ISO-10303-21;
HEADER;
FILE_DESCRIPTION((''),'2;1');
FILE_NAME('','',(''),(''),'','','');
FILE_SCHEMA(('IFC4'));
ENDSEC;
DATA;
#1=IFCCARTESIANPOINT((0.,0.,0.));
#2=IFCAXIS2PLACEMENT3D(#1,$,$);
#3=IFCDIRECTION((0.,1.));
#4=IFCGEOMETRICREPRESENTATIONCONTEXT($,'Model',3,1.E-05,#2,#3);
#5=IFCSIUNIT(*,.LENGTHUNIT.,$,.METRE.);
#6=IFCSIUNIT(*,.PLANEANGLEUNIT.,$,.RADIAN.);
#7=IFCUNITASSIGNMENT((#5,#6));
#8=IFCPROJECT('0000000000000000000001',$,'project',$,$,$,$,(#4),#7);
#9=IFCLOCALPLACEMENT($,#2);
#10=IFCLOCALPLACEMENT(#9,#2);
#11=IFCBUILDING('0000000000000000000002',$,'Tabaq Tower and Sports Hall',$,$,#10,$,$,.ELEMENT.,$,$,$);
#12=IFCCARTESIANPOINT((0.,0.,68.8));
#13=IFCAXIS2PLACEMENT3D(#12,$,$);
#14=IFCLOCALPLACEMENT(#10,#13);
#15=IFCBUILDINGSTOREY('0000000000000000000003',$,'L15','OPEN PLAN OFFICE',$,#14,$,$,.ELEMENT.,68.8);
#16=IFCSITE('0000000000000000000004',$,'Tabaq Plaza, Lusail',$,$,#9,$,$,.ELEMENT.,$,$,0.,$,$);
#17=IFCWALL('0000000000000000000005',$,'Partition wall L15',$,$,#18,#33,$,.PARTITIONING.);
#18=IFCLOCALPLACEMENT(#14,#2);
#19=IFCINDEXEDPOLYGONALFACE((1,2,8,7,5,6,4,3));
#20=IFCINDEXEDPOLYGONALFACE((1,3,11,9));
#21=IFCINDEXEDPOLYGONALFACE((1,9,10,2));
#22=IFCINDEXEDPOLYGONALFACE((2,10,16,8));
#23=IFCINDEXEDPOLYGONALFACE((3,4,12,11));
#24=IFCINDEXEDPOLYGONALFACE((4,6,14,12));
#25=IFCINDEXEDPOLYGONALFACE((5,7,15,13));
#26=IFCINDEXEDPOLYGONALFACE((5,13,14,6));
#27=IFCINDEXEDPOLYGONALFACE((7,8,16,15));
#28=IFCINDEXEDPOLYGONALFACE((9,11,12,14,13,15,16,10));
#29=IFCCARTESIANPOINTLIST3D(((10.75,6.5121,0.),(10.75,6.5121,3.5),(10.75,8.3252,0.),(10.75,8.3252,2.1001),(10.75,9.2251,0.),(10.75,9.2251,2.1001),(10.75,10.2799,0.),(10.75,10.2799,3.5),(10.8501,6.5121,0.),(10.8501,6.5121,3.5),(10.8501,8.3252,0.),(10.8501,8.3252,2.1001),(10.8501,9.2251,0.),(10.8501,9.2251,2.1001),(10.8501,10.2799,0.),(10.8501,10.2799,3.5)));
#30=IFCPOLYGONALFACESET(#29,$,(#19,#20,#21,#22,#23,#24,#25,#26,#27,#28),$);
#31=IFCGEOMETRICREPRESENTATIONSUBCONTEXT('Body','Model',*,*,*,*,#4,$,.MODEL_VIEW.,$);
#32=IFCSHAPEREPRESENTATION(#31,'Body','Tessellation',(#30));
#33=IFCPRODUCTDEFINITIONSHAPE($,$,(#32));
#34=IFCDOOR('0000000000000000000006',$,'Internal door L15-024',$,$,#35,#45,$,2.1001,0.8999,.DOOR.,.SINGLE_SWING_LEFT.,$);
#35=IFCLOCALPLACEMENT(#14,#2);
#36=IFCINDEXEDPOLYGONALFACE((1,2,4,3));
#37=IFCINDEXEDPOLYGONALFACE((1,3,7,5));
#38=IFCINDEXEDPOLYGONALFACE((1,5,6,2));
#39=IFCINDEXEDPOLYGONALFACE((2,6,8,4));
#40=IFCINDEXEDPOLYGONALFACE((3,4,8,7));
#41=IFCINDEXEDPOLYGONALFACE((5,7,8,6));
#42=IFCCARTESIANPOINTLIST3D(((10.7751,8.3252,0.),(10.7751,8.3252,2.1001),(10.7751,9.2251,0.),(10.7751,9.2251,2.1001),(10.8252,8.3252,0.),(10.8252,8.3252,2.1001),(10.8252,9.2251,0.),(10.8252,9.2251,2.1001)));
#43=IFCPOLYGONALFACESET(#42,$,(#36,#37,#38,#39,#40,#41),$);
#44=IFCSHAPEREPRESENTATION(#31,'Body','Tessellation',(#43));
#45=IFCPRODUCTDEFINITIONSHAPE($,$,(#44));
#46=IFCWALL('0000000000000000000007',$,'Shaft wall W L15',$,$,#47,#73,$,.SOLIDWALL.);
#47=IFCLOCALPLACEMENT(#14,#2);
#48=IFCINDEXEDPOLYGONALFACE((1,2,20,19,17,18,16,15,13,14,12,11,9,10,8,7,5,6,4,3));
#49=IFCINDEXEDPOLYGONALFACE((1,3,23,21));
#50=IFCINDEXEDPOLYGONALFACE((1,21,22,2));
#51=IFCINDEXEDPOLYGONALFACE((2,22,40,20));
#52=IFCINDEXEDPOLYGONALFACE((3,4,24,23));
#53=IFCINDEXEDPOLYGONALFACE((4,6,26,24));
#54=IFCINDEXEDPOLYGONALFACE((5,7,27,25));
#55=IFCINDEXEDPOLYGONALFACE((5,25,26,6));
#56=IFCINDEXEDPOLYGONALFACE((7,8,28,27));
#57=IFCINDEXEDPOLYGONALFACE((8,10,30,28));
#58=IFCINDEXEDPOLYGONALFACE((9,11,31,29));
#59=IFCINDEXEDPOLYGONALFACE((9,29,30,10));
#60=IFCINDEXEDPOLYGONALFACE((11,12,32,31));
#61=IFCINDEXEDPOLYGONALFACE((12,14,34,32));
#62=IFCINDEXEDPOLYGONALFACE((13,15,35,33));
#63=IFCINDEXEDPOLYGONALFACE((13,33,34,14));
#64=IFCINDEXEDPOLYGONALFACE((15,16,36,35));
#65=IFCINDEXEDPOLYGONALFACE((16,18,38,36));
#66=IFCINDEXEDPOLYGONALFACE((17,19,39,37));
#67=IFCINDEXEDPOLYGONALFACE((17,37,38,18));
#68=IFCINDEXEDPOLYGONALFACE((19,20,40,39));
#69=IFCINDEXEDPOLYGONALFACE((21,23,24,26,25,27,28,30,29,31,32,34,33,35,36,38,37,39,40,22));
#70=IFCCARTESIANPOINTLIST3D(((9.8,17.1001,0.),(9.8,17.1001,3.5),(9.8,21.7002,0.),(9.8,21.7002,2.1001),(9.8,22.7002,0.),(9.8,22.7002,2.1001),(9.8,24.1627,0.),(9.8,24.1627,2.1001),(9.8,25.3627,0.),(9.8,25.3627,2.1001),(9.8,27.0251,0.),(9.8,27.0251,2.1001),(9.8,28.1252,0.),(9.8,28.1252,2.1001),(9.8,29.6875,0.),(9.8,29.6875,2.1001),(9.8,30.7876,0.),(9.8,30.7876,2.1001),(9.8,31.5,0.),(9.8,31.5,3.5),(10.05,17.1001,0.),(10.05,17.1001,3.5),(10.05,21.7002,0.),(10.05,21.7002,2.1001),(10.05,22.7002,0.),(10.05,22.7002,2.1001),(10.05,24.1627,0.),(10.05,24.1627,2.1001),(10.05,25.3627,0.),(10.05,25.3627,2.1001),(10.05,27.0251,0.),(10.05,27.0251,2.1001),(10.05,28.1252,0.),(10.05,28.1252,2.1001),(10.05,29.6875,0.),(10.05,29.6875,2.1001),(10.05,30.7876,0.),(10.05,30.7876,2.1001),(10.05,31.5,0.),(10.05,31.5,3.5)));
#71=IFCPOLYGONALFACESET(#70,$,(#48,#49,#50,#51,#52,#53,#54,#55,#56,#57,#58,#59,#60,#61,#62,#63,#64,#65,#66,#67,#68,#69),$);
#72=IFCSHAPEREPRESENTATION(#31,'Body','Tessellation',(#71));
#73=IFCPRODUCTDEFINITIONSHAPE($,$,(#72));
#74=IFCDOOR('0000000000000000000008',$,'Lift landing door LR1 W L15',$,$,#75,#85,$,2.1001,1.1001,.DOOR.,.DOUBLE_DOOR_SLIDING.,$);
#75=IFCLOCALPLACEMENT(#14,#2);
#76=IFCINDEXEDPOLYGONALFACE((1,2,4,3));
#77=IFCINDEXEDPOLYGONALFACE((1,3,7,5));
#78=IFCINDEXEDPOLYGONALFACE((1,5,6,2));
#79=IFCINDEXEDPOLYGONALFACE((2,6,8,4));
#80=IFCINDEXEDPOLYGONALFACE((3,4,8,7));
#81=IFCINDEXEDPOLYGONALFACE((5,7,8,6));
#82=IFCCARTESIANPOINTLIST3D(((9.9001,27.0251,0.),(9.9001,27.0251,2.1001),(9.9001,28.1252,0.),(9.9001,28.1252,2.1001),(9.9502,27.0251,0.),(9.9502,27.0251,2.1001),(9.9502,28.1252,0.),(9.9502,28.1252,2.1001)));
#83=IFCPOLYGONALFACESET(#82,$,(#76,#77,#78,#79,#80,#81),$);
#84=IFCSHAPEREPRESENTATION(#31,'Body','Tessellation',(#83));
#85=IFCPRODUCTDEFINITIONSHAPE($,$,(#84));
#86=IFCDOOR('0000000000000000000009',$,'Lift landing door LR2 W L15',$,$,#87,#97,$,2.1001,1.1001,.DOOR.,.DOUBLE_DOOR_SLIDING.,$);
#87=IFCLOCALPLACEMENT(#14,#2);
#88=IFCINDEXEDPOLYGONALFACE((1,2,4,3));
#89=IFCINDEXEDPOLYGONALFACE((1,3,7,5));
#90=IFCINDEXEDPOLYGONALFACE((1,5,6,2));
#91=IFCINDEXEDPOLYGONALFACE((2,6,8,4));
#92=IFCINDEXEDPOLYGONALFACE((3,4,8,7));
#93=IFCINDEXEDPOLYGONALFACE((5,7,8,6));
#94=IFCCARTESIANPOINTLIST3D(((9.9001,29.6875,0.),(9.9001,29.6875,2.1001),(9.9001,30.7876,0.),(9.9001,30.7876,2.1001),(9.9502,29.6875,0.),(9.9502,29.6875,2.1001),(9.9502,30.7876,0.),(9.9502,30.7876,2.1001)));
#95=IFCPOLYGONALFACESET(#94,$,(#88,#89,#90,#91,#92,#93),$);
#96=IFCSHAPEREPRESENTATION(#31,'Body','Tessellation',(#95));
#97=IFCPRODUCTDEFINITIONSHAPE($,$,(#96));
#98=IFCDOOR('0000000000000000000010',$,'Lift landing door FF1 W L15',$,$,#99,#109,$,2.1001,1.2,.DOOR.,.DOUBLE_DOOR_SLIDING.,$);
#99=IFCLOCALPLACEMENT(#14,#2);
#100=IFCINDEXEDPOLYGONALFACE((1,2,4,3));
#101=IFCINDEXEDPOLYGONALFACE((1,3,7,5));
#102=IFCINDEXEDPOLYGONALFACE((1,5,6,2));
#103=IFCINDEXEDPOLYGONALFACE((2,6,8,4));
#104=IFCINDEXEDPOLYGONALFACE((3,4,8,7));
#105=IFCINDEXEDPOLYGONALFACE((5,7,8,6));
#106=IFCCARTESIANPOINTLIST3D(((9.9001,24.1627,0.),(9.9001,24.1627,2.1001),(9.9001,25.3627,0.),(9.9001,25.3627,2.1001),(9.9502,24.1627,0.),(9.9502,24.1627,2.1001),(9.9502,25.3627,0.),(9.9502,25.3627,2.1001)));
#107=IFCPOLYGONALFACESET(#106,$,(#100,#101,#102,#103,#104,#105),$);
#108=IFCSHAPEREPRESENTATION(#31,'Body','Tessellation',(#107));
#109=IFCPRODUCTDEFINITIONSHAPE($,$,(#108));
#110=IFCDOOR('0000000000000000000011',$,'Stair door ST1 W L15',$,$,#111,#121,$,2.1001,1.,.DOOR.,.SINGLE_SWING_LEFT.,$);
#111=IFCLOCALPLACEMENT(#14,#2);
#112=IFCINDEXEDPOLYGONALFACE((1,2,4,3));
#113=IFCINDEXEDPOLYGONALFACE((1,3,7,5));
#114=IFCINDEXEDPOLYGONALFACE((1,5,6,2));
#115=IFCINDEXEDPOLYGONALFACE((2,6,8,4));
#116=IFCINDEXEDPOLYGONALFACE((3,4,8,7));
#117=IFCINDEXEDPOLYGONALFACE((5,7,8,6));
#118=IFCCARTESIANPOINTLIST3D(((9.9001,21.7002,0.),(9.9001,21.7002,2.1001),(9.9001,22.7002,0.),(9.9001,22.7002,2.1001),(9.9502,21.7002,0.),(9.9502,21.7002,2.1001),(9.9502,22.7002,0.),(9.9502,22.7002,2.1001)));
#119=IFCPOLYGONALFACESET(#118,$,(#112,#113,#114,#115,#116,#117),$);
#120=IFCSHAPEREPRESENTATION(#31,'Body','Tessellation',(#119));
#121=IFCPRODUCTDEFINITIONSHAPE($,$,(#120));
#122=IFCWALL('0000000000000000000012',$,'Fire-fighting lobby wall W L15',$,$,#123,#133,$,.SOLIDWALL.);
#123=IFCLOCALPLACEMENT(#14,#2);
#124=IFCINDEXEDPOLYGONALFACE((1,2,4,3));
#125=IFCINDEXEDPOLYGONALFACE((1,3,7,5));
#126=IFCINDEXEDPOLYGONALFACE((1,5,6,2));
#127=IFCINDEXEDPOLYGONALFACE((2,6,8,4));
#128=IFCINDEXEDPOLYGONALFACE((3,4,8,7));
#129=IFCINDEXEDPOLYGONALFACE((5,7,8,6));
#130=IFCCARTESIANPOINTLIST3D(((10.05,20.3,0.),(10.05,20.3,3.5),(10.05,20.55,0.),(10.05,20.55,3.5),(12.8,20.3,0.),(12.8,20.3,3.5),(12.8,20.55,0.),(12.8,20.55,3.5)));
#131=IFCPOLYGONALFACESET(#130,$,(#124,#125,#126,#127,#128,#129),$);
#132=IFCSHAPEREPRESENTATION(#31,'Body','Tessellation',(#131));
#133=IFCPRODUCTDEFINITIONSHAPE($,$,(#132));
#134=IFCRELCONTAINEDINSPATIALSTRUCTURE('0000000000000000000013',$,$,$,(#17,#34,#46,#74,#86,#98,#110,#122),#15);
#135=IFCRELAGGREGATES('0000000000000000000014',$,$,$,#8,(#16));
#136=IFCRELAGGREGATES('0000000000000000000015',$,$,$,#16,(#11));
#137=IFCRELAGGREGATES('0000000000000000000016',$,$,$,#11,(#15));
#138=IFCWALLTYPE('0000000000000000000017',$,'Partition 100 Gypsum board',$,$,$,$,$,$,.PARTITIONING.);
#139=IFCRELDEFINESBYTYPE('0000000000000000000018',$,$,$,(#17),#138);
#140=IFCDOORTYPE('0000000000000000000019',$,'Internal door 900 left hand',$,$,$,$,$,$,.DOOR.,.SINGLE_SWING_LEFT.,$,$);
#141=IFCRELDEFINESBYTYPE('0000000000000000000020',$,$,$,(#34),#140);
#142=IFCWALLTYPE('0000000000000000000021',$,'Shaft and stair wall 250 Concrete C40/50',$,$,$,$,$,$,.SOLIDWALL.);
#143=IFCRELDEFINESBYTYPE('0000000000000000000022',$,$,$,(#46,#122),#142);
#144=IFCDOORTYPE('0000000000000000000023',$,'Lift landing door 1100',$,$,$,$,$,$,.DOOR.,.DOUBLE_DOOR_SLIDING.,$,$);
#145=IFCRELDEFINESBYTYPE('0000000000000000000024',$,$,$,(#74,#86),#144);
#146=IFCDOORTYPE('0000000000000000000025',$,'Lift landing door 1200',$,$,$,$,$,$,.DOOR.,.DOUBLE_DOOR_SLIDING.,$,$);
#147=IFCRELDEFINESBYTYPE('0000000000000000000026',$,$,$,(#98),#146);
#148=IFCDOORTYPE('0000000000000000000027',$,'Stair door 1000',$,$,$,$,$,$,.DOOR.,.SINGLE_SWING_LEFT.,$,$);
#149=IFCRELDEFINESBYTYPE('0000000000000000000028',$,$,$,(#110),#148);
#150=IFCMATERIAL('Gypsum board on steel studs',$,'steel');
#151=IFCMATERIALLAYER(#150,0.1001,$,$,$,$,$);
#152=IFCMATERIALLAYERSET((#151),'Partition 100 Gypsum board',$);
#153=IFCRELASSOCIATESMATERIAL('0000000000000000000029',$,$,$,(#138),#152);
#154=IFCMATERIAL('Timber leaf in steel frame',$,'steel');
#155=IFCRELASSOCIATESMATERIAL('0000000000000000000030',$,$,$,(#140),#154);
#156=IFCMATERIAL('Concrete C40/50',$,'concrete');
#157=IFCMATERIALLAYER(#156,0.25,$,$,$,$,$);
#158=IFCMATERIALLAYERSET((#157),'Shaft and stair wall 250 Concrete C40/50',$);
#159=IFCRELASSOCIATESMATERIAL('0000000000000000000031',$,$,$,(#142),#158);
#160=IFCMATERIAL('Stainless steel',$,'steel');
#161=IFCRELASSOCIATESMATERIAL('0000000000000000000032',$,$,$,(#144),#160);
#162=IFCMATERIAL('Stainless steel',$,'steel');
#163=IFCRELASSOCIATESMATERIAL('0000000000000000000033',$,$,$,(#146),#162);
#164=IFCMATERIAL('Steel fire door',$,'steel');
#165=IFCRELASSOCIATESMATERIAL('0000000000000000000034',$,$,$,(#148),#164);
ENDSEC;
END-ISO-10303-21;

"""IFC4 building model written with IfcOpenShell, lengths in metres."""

from ifc_helpers import new_model, si_unit, direction, frame, frame_2d, origin, place, context, subcontext, project, spatial, rectangle, extrude, material, layer, layer_set, type_object, element, fill, save


model = new_model("IFC4")

# Units and contexts
model_context = context("Model", 3, precision=1e-05, world=origin(), true_north=direction((0.0, 1.0)))
body_context = subcontext(model_context, "Body", "Model", "MODEL_VIEW")
ifc_project = project(units=[si_unit("LENGTHUNIT", "METRE"), si_unit("PLANEANGLEUNIT", "RADIAN")], contexts=[model_context])

# Site, building, storey
site_placement = place(None, origin())
site = spatial("IfcSite", under=ifc_project, at=site_placement, Name="Tabaq Plaza, Lusail", CompositionType="ELEMENT", RefElevation=0.0)
building_placement = place(site_placement, origin())
building = spatial("IfcBuilding", under=site, at=building_placement, Name="Tabaq Tower and Sports Hall", CompositionType="ELEMENT")
storey_placement = place(building_placement, frame((0.0, 0.0, 68.8)))
storey = spatial("IfcBuildingStorey", under=building, at=storey_placement, Name="L15", Description="OPEN PLAN OFFICE", CompositionType="ELEMENT", Elevation=68.8)

# Shared definitions
ifc_material_1 = material(Name="Gypsum board on steel studs", Category="steel")
ifc_layer_1 = layer(ifc_material_1, 0.1001)
ifc_layer_set_1 = layer_set([ifc_layer_1], Name="Partition 100 Gypsum board")
wall_type_1 = type_object("IfcWallType", Name="Partition 100 Gypsum board", PredefinedType="PARTITIONING", material=ifc_layer_set_1)

# Wall, opening, door
wall_1_placement = place(storey_placement, frame((10.8, 6.5122, 0.0), z_axis=(0.0, 0.0, 1.0), x_axis=(0.0, 1.0, 0.0)))
wall_1 = element("IfcWall", 1, at=wall_1_placement, inside=storey, type_object=wall_type_1, Name="Partition wall L15", PredefinedType="PARTITIONING", context=body_context, shape_type="SweptSolid", body=[
    extrude(rectangle(XDim=3.7678, YDim=0.1001, at=frame_2d((1.8838, 0.0))), origin(), (0.0, 0.0, 1.0), 3.5),
])
opening_1_placement = place(wall_1_placement, frame((1.813, 0.0, 0.0)))
opening_1 = element("IfcOpeningElement", 2, at=opening_1_placement, cuts=wall_1, PredefinedType="OPENING", context=body_context, shape_type="SweptSolid", body=[
    extrude(rectangle(XDim=0.8999, YDim=2.1001, at=frame_2d((0.45, 1.05))), frame((0.0, 0.05, 0.0), z_axis=(0.0, -1.0, 0.0), x_axis=(1.0, 0.0, 0.0)), (0.0, 0.0, 1.0), 0.1001),
])
ifc_material_2 = material(Name="Timber leaf in steel frame", Category="steel")
door_type_1 = type_object("IfcDoorType", Name="Internal door 900 left hand", OperationType="SINGLE_SWING_LEFT", PredefinedType="DOOR", material=ifc_material_2)
door_1_placement = place(opening_1_placement, origin())
door_1 = element("IfcDoor", 3, at=door_1_placement, inside=storey, type_object=door_type_1, Name="Internal door L15-024", OperationType="SINGLE_SWING_LEFT", OverallHeight=2.1001, OverallWidth=0.8999, PredefinedType="DOOR", context=body_context, shape_type="SweptSolid", body=[
    extrude(rectangle(XDim=0.8999, YDim=2.1001, at=frame_2d((0.45, 1.05))), frame((0.0, 0.0249, 0.0), z_axis=(0.0, -1.0, 0.0), x_axis=(1.0, 0.0, 0.0)), (0.0, 0.0, 1.0), 0.05),
])
fill(opening_1, door_1)

# Wall, openings, doors
ifc_material_3 = material(Name="Concrete C40/50", Category="concrete")
ifc_layer_2 = layer(ifc_material_3, 0.25)
ifc_layer_set_2 = layer_set([ifc_layer_2], Name="Shaft and stair wall 250 Concrete C40/50")
wall_type_2 = type_object("IfcWallType", Name="Shaft and stair wall 250 Concrete C40/50", PredefinedType="SOLIDWALL", material=ifc_layer_set_2)
wall_2_placement = place(storey_placement, frame((9.925, 17.1001, 0.0), z_axis=(0.0, 0.0, 1.0), x_axis=(0.0, 1.0, 0.0)))
wall_2 = element("IfcWall", 4, at=wall_2_placement, inside=storey, type_object=wall_type_2, Name="Shaft wall W L15", PredefinedType="SOLIDWALL", context=body_context, shape_type="SweptSolid", body=[
    extrude(rectangle(XDim=14.3999, YDim=0.25, at=frame_2d((7.2, 0.0))), origin(), (0.0, 0.0, 1.0), 3.5),
])
opening_2_placement = place(wall_2_placement, frame((4.6001, 0.0, 0.0)))
opening_2 = element("IfcOpeningElement", 5, at=opening_2_placement, cuts=wall_2, PredefinedType="OPENING", context=body_context, shape_type="SweptSolid", body=[
    extrude(rectangle(XDim=1.0, YDim=2.1001, at=frame_2d((0.5, 1.05))), frame((0.0, 0.125, 0.0), z_axis=(0.0, -1.0, 0.0), x_axis=(1.0, 0.0, 0.0)), (0.0, 0.0, 1.0), 0.25),
])
opening_3_placement = place(wall_2_placement, frame((7.0625, 0.0, 0.0)))
opening_3 = element("IfcOpeningElement", 6, at=opening_3_placement, cuts=wall_2, PredefinedType="OPENING", context=body_context, shape_type="SweptSolid", body=[
    extrude(rectangle(XDim=1.2, YDim=2.1001, at=frame_2d((0.6001, 1.05))), frame((0.0, 0.125, 0.0), z_axis=(0.0, -1.0, 0.0), x_axis=(1.0, 0.0, 0.0)), (0.0, 0.0, 1.0), 0.25),
])
opening_4_placement = place(wall_2_placement, frame((9.925, 0.0, 0.0)))
opening_4 = element("IfcOpeningElement", 7, at=opening_4_placement, cuts=wall_2, PredefinedType="OPENING", context=body_context, shape_type="SweptSolid", body=[
    extrude(rectangle(XDim=1.1001, YDim=2.1001, at=frame_2d((0.55, 1.05))), frame((0.0, 0.125, 0.0), z_axis=(0.0, -1.0, 0.0), x_axis=(1.0, 0.0, 0.0)), (0.0, 0.0, 1.0), 0.25),
])
opening_5_placement = place(wall_2_placement, frame((12.5874, 0.0, 0.0)))
opening_5 = element("IfcOpeningElement", 8, at=opening_5_placement, cuts=wall_2, PredefinedType="OPENING", context=body_context, shape_type="SweptSolid", body=[
    extrude(rectangle(XDim=1.1001, YDim=2.1001, at=frame_2d((0.55, 1.05))), frame((0.0, 0.125, 0.0), z_axis=(0.0, -1.0, 0.0), x_axis=(1.0, 0.0, 0.0)), (0.0, 0.0, 1.0), 0.25),
])
ifc_material_4 = material(Name="Stainless steel", Category="steel")
door_type_2 = type_object("IfcDoorType", Name="Lift landing door 1100", OperationType="DOUBLE_DOOR_SLIDING", PredefinedType="DOOR", material=ifc_material_4)
door_2_placement = place(opening_4_placement, origin())
door_2 = element("IfcDoor", 9, at=door_2_placement, inside=storey, type_object=door_type_2, Name="Lift landing door LR1 W L15", OperationType="DOUBLE_DOOR_SLIDING", OverallHeight=2.1001, OverallWidth=1.1001, PredefinedType="DOOR", context=body_context, shape_type="SweptSolid", body=[
    extrude(rectangle(XDim=1.1001, YDim=2.1001, at=frame_2d((0.55, 1.05))), frame((0.0, 0.0249, 0.0), z_axis=(0.0, -1.0, 0.0), x_axis=(1.0, 0.0, 0.0)), (0.0, 0.0, 1.0), 0.05),
])
fill(opening_4, door_2)
door_3_placement = place(opening_5_placement, origin())
door_3 = element("IfcDoor", 10, at=door_3_placement, inside=storey, type_object=door_type_2, Name="Lift landing door LR2 W L15", OperationType="DOUBLE_DOOR_SLIDING", OverallHeight=2.1001, OverallWidth=1.1001, PredefinedType="DOOR", context=body_context, shape_type="SweptSolid", body=[
    extrude(rectangle(XDim=1.1001, YDim=2.1001, at=frame_2d((0.55, 1.05))), frame((0.0, 0.0249, 0.0), z_axis=(0.0, -1.0, 0.0), x_axis=(1.0, 0.0, 0.0)), (0.0, 0.0, 1.0), 0.05),
])
fill(opening_5, door_3)
ifc_material_5 = material(Name="Stainless steel", Category="steel")
door_type_3 = type_object("IfcDoorType", Name="Lift landing door 1200", OperationType="DOUBLE_DOOR_SLIDING", PredefinedType="DOOR", material=ifc_material_5)
door_4_placement = place(opening_3_placement, origin())
door_4 = element("IfcDoor", 11, at=door_4_placement, inside=storey, type_object=door_type_3, Name="Lift landing door FF1 W L15", OperationType="DOUBLE_DOOR_SLIDING", OverallHeight=2.1001, OverallWidth=1.2, PredefinedType="DOOR", context=body_context, shape_type="SweptSolid", body=[
    extrude(rectangle(XDim=1.2, YDim=2.1001, at=frame_2d((0.6001, 1.05))), frame((0.0, 0.0249, 0.0), z_axis=(0.0, -1.0, 0.0), x_axis=(1.0, 0.0, 0.0)), (0.0, 0.0, 1.0), 0.05),
])
fill(opening_3, door_4)
ifc_material_6 = material(Name="Steel fire door", Category="steel")
door_type_4 = type_object("IfcDoorType", Name="Stair door 1000", OperationType="SINGLE_SWING_LEFT", PredefinedType="DOOR", material=ifc_material_6)
door_5_placement = place(opening_2_placement, origin())
door_5 = element("IfcDoor", 12, at=door_5_placement, inside=storey, type_object=door_type_4, Name="Stair door ST1 W L15", OperationType="SINGLE_SWING_LEFT", OverallHeight=2.1001, OverallWidth=1.0, PredefinedType="DOOR", context=body_context, shape_type="SweptSolid", body=[
    extrude(rectangle(XDim=1.0, YDim=2.1001, at=frame_2d((0.5, 1.05))), frame((0.0, 0.0249, 0.0), z_axis=(0.0, -1.0, 0.0), x_axis=(1.0, 0.0, 0.0)), (0.0, 0.0, 1.0), 0.05),
])
fill(opening_2, door_5)

# Wall
wall_3_placement = place(storey_placement, frame((10.05, 20.425, 0.0), z_axis=(0.0, 0.0, 1.0), x_axis=(1.0, 0.0, 0.0)))
element("IfcWall", 13, at=wall_3_placement, inside=storey, type_object=wall_type_2, Name="Fire-fighting lobby wall W L15", PredefinedType="SOLIDWALL", context=body_context, shape_type="SweptSolid", body=[
    extrude(rectangle(XDim=2.75, YDim=0.25, at=frame_2d((1.375, 0.0))), origin(), (0.0, 0.0, 1.0), 3.5),
])

save(model, "model.ifc")
